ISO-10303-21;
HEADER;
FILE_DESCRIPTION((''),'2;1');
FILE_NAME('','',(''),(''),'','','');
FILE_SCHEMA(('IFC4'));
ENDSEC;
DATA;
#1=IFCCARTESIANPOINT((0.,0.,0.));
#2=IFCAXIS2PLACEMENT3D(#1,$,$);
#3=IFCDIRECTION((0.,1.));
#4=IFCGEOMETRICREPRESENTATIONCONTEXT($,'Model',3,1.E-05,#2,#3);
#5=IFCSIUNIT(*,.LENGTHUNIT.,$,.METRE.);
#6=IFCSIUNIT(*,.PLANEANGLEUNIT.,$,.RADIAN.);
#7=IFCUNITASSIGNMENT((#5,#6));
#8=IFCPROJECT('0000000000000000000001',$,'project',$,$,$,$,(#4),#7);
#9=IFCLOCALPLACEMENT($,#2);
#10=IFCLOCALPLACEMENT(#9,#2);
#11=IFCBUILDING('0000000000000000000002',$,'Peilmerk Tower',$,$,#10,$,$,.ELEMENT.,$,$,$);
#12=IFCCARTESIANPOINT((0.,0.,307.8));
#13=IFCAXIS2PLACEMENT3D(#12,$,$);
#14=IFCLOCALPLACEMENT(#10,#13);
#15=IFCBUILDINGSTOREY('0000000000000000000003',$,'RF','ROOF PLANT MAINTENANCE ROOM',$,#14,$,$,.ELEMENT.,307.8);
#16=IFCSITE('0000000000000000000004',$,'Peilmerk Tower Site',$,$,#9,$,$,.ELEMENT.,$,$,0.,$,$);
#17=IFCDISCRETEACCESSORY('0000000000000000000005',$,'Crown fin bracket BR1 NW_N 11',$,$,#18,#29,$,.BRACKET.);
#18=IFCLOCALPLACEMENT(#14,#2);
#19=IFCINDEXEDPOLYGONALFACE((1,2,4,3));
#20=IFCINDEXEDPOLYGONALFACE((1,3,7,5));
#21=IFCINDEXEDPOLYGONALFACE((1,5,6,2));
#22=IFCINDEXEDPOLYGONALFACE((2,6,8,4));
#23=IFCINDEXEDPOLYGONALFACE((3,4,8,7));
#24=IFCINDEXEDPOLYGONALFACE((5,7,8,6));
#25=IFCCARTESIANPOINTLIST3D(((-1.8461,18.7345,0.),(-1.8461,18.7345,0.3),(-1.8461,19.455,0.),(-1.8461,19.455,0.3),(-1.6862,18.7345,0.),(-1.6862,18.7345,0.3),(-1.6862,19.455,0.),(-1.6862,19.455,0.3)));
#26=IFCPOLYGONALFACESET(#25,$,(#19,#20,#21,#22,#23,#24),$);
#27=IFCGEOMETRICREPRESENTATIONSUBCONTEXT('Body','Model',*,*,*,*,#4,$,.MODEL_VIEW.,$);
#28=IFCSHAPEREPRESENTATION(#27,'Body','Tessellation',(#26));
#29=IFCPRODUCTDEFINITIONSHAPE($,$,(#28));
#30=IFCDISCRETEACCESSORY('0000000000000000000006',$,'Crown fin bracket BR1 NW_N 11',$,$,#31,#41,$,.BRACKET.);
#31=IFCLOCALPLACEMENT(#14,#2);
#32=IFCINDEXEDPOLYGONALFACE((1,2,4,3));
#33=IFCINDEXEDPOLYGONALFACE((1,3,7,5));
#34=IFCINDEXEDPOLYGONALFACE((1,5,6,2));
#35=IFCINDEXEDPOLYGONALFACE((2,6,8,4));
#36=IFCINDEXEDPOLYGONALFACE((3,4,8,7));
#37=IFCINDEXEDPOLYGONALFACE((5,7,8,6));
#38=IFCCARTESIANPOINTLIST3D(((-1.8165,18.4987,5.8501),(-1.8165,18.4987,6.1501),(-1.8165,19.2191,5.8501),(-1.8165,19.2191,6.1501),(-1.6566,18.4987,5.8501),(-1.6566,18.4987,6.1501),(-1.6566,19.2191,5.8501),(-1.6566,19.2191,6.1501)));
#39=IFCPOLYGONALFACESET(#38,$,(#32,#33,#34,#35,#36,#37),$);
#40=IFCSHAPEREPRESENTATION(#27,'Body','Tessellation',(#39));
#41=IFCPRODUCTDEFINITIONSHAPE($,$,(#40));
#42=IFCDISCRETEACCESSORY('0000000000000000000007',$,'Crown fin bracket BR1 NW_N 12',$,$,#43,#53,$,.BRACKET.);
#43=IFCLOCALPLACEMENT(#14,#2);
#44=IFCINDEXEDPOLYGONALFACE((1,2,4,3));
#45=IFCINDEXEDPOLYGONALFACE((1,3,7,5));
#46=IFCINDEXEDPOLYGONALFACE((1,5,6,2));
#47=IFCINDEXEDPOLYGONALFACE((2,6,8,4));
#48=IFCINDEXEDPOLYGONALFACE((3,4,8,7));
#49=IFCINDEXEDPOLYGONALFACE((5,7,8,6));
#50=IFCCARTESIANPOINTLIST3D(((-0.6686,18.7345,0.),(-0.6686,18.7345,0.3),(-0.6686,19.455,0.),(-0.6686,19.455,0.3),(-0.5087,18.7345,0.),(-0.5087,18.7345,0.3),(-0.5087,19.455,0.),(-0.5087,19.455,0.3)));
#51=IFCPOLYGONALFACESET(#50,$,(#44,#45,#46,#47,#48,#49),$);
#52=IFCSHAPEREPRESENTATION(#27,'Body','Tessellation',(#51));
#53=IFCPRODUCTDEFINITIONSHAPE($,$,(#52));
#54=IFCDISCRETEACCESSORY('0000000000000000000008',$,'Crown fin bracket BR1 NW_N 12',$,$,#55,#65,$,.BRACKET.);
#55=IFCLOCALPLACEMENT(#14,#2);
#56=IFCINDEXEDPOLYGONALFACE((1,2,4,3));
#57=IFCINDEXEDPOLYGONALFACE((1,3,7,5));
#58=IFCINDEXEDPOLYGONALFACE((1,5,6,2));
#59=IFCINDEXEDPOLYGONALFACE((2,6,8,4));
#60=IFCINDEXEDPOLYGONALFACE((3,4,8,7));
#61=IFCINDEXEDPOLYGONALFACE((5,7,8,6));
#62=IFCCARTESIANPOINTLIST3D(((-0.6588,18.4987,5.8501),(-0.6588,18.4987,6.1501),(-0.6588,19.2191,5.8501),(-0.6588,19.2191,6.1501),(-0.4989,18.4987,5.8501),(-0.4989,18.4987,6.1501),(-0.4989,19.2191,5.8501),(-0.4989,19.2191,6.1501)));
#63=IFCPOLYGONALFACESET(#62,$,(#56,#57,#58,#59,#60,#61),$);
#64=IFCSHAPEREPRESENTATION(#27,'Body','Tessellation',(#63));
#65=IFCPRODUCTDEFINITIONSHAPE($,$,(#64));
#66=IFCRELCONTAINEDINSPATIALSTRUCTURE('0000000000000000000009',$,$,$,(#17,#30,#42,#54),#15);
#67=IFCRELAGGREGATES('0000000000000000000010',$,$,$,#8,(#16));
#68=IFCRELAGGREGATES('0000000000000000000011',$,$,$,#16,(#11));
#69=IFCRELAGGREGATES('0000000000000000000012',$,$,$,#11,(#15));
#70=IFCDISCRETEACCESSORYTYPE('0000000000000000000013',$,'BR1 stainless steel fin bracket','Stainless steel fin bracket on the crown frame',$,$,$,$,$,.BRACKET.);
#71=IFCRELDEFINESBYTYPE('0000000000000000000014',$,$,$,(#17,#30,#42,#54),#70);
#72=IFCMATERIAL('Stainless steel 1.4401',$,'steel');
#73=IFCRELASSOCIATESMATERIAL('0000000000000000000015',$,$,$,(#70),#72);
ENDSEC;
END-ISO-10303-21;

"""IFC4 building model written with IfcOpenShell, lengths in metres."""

from ifc_helpers import new_model, si_unit, direction, frame, origin, origin_2d, place, context, subcontext, project, spatial, rectangle, extrude, source, transform, mapped, material, type_object, element, save


model = new_model("IFC4")

# Units and contexts
model_context = context("Model", 3, precision=1e-05, world=origin(), true_north=direction((0.0, 1.0)))
body_context = subcontext(model_context, "Body", "Model", "MODEL_VIEW")
ifc_project = project(units=[si_unit("LENGTHUNIT", "METRE"), si_unit("PLANEANGLEUNIT", "RADIAN")], contexts=[model_context])

# Site, building, storey
site_placement = place(None, origin())
site = spatial("IfcSite", under=ifc_project, at=site_placement, Name="Peilmerk Tower Site", CompositionType="ELEMENT", RefElevation=0.0)
building_placement = place(site_placement, origin())
building = spatial("IfcBuilding", under=site, at=building_placement, Name="Peilmerk Tower", CompositionType="ELEMENT")
storey_placement = place(building_placement, frame((0.0, 0.0, 307.8)))
storey = spatial("IfcBuildingStorey", under=building, at=storey_placement, Name="RF", Description="ROOF PLANT MAINTENANCE ROOM", CompositionType="ELEMENT", Elevation=307.8)

# Discrete accessories
ifc_material_1 = material(Name="Stainless steel 1.4401", Category="steel")
discrete_accessory_type = type_object("IfcDiscreteAccessoryType", Name="BR1 stainless steel fin bracket", Description="Stainless steel fin bracket on the crown frame", PredefinedType="BRACKET", material=ifc_material_1)
shared_shape_1 = source(origin(), body_context, "Body", "SweptSolid", [
    extrude(rectangle(XDim=0.7205, YDim=0.1599, at=origin_2d()), origin(), (0.0, 0.0, 1.0), 0.3),
])
for number, where, z_axis, x_axis, name in (
    (1, (-1.7661, 19.0947, 0.0), (0.0, 0.0, 1.0), (0.0, 1.0, 0.0), "Crown fin bracket BR1 NW_N 11"),
    (2, (-1.7366, 18.8589, 5.8501), (0.0, 0.0, 1.0), (0.0, 1.0, 0.0), "Crown fin bracket BR1 NW_N 11"),
    (3, (-0.5886, 19.0947, 0.0), (0.0, 0.0, 1.0), (0.0, 1.0, 0.0), "Crown fin bracket BR1 NW_N 12"),
    (4, (-0.5789, 18.8589, 5.8501), (0.0, 0.0, 1.0), (0.0, 1.0, 0.0), "Crown fin bracket BR1 NW_N 12"),
):
    element("IfcDiscreteAccessory", number, at=place(storey_placement, frame(where, z_axis=z_axis, x_axis=x_axis)), inside=storey, type_object=discrete_accessory_type, Name=name, PredefinedType="BRACKET", context=body_context, shape_type="MappedRepresentation", body=[
        mapped(shared_shape_1, transform((0.0, 0.0, 0.0), scale=1.0)),
    ])

save(model, "model.ifc")
